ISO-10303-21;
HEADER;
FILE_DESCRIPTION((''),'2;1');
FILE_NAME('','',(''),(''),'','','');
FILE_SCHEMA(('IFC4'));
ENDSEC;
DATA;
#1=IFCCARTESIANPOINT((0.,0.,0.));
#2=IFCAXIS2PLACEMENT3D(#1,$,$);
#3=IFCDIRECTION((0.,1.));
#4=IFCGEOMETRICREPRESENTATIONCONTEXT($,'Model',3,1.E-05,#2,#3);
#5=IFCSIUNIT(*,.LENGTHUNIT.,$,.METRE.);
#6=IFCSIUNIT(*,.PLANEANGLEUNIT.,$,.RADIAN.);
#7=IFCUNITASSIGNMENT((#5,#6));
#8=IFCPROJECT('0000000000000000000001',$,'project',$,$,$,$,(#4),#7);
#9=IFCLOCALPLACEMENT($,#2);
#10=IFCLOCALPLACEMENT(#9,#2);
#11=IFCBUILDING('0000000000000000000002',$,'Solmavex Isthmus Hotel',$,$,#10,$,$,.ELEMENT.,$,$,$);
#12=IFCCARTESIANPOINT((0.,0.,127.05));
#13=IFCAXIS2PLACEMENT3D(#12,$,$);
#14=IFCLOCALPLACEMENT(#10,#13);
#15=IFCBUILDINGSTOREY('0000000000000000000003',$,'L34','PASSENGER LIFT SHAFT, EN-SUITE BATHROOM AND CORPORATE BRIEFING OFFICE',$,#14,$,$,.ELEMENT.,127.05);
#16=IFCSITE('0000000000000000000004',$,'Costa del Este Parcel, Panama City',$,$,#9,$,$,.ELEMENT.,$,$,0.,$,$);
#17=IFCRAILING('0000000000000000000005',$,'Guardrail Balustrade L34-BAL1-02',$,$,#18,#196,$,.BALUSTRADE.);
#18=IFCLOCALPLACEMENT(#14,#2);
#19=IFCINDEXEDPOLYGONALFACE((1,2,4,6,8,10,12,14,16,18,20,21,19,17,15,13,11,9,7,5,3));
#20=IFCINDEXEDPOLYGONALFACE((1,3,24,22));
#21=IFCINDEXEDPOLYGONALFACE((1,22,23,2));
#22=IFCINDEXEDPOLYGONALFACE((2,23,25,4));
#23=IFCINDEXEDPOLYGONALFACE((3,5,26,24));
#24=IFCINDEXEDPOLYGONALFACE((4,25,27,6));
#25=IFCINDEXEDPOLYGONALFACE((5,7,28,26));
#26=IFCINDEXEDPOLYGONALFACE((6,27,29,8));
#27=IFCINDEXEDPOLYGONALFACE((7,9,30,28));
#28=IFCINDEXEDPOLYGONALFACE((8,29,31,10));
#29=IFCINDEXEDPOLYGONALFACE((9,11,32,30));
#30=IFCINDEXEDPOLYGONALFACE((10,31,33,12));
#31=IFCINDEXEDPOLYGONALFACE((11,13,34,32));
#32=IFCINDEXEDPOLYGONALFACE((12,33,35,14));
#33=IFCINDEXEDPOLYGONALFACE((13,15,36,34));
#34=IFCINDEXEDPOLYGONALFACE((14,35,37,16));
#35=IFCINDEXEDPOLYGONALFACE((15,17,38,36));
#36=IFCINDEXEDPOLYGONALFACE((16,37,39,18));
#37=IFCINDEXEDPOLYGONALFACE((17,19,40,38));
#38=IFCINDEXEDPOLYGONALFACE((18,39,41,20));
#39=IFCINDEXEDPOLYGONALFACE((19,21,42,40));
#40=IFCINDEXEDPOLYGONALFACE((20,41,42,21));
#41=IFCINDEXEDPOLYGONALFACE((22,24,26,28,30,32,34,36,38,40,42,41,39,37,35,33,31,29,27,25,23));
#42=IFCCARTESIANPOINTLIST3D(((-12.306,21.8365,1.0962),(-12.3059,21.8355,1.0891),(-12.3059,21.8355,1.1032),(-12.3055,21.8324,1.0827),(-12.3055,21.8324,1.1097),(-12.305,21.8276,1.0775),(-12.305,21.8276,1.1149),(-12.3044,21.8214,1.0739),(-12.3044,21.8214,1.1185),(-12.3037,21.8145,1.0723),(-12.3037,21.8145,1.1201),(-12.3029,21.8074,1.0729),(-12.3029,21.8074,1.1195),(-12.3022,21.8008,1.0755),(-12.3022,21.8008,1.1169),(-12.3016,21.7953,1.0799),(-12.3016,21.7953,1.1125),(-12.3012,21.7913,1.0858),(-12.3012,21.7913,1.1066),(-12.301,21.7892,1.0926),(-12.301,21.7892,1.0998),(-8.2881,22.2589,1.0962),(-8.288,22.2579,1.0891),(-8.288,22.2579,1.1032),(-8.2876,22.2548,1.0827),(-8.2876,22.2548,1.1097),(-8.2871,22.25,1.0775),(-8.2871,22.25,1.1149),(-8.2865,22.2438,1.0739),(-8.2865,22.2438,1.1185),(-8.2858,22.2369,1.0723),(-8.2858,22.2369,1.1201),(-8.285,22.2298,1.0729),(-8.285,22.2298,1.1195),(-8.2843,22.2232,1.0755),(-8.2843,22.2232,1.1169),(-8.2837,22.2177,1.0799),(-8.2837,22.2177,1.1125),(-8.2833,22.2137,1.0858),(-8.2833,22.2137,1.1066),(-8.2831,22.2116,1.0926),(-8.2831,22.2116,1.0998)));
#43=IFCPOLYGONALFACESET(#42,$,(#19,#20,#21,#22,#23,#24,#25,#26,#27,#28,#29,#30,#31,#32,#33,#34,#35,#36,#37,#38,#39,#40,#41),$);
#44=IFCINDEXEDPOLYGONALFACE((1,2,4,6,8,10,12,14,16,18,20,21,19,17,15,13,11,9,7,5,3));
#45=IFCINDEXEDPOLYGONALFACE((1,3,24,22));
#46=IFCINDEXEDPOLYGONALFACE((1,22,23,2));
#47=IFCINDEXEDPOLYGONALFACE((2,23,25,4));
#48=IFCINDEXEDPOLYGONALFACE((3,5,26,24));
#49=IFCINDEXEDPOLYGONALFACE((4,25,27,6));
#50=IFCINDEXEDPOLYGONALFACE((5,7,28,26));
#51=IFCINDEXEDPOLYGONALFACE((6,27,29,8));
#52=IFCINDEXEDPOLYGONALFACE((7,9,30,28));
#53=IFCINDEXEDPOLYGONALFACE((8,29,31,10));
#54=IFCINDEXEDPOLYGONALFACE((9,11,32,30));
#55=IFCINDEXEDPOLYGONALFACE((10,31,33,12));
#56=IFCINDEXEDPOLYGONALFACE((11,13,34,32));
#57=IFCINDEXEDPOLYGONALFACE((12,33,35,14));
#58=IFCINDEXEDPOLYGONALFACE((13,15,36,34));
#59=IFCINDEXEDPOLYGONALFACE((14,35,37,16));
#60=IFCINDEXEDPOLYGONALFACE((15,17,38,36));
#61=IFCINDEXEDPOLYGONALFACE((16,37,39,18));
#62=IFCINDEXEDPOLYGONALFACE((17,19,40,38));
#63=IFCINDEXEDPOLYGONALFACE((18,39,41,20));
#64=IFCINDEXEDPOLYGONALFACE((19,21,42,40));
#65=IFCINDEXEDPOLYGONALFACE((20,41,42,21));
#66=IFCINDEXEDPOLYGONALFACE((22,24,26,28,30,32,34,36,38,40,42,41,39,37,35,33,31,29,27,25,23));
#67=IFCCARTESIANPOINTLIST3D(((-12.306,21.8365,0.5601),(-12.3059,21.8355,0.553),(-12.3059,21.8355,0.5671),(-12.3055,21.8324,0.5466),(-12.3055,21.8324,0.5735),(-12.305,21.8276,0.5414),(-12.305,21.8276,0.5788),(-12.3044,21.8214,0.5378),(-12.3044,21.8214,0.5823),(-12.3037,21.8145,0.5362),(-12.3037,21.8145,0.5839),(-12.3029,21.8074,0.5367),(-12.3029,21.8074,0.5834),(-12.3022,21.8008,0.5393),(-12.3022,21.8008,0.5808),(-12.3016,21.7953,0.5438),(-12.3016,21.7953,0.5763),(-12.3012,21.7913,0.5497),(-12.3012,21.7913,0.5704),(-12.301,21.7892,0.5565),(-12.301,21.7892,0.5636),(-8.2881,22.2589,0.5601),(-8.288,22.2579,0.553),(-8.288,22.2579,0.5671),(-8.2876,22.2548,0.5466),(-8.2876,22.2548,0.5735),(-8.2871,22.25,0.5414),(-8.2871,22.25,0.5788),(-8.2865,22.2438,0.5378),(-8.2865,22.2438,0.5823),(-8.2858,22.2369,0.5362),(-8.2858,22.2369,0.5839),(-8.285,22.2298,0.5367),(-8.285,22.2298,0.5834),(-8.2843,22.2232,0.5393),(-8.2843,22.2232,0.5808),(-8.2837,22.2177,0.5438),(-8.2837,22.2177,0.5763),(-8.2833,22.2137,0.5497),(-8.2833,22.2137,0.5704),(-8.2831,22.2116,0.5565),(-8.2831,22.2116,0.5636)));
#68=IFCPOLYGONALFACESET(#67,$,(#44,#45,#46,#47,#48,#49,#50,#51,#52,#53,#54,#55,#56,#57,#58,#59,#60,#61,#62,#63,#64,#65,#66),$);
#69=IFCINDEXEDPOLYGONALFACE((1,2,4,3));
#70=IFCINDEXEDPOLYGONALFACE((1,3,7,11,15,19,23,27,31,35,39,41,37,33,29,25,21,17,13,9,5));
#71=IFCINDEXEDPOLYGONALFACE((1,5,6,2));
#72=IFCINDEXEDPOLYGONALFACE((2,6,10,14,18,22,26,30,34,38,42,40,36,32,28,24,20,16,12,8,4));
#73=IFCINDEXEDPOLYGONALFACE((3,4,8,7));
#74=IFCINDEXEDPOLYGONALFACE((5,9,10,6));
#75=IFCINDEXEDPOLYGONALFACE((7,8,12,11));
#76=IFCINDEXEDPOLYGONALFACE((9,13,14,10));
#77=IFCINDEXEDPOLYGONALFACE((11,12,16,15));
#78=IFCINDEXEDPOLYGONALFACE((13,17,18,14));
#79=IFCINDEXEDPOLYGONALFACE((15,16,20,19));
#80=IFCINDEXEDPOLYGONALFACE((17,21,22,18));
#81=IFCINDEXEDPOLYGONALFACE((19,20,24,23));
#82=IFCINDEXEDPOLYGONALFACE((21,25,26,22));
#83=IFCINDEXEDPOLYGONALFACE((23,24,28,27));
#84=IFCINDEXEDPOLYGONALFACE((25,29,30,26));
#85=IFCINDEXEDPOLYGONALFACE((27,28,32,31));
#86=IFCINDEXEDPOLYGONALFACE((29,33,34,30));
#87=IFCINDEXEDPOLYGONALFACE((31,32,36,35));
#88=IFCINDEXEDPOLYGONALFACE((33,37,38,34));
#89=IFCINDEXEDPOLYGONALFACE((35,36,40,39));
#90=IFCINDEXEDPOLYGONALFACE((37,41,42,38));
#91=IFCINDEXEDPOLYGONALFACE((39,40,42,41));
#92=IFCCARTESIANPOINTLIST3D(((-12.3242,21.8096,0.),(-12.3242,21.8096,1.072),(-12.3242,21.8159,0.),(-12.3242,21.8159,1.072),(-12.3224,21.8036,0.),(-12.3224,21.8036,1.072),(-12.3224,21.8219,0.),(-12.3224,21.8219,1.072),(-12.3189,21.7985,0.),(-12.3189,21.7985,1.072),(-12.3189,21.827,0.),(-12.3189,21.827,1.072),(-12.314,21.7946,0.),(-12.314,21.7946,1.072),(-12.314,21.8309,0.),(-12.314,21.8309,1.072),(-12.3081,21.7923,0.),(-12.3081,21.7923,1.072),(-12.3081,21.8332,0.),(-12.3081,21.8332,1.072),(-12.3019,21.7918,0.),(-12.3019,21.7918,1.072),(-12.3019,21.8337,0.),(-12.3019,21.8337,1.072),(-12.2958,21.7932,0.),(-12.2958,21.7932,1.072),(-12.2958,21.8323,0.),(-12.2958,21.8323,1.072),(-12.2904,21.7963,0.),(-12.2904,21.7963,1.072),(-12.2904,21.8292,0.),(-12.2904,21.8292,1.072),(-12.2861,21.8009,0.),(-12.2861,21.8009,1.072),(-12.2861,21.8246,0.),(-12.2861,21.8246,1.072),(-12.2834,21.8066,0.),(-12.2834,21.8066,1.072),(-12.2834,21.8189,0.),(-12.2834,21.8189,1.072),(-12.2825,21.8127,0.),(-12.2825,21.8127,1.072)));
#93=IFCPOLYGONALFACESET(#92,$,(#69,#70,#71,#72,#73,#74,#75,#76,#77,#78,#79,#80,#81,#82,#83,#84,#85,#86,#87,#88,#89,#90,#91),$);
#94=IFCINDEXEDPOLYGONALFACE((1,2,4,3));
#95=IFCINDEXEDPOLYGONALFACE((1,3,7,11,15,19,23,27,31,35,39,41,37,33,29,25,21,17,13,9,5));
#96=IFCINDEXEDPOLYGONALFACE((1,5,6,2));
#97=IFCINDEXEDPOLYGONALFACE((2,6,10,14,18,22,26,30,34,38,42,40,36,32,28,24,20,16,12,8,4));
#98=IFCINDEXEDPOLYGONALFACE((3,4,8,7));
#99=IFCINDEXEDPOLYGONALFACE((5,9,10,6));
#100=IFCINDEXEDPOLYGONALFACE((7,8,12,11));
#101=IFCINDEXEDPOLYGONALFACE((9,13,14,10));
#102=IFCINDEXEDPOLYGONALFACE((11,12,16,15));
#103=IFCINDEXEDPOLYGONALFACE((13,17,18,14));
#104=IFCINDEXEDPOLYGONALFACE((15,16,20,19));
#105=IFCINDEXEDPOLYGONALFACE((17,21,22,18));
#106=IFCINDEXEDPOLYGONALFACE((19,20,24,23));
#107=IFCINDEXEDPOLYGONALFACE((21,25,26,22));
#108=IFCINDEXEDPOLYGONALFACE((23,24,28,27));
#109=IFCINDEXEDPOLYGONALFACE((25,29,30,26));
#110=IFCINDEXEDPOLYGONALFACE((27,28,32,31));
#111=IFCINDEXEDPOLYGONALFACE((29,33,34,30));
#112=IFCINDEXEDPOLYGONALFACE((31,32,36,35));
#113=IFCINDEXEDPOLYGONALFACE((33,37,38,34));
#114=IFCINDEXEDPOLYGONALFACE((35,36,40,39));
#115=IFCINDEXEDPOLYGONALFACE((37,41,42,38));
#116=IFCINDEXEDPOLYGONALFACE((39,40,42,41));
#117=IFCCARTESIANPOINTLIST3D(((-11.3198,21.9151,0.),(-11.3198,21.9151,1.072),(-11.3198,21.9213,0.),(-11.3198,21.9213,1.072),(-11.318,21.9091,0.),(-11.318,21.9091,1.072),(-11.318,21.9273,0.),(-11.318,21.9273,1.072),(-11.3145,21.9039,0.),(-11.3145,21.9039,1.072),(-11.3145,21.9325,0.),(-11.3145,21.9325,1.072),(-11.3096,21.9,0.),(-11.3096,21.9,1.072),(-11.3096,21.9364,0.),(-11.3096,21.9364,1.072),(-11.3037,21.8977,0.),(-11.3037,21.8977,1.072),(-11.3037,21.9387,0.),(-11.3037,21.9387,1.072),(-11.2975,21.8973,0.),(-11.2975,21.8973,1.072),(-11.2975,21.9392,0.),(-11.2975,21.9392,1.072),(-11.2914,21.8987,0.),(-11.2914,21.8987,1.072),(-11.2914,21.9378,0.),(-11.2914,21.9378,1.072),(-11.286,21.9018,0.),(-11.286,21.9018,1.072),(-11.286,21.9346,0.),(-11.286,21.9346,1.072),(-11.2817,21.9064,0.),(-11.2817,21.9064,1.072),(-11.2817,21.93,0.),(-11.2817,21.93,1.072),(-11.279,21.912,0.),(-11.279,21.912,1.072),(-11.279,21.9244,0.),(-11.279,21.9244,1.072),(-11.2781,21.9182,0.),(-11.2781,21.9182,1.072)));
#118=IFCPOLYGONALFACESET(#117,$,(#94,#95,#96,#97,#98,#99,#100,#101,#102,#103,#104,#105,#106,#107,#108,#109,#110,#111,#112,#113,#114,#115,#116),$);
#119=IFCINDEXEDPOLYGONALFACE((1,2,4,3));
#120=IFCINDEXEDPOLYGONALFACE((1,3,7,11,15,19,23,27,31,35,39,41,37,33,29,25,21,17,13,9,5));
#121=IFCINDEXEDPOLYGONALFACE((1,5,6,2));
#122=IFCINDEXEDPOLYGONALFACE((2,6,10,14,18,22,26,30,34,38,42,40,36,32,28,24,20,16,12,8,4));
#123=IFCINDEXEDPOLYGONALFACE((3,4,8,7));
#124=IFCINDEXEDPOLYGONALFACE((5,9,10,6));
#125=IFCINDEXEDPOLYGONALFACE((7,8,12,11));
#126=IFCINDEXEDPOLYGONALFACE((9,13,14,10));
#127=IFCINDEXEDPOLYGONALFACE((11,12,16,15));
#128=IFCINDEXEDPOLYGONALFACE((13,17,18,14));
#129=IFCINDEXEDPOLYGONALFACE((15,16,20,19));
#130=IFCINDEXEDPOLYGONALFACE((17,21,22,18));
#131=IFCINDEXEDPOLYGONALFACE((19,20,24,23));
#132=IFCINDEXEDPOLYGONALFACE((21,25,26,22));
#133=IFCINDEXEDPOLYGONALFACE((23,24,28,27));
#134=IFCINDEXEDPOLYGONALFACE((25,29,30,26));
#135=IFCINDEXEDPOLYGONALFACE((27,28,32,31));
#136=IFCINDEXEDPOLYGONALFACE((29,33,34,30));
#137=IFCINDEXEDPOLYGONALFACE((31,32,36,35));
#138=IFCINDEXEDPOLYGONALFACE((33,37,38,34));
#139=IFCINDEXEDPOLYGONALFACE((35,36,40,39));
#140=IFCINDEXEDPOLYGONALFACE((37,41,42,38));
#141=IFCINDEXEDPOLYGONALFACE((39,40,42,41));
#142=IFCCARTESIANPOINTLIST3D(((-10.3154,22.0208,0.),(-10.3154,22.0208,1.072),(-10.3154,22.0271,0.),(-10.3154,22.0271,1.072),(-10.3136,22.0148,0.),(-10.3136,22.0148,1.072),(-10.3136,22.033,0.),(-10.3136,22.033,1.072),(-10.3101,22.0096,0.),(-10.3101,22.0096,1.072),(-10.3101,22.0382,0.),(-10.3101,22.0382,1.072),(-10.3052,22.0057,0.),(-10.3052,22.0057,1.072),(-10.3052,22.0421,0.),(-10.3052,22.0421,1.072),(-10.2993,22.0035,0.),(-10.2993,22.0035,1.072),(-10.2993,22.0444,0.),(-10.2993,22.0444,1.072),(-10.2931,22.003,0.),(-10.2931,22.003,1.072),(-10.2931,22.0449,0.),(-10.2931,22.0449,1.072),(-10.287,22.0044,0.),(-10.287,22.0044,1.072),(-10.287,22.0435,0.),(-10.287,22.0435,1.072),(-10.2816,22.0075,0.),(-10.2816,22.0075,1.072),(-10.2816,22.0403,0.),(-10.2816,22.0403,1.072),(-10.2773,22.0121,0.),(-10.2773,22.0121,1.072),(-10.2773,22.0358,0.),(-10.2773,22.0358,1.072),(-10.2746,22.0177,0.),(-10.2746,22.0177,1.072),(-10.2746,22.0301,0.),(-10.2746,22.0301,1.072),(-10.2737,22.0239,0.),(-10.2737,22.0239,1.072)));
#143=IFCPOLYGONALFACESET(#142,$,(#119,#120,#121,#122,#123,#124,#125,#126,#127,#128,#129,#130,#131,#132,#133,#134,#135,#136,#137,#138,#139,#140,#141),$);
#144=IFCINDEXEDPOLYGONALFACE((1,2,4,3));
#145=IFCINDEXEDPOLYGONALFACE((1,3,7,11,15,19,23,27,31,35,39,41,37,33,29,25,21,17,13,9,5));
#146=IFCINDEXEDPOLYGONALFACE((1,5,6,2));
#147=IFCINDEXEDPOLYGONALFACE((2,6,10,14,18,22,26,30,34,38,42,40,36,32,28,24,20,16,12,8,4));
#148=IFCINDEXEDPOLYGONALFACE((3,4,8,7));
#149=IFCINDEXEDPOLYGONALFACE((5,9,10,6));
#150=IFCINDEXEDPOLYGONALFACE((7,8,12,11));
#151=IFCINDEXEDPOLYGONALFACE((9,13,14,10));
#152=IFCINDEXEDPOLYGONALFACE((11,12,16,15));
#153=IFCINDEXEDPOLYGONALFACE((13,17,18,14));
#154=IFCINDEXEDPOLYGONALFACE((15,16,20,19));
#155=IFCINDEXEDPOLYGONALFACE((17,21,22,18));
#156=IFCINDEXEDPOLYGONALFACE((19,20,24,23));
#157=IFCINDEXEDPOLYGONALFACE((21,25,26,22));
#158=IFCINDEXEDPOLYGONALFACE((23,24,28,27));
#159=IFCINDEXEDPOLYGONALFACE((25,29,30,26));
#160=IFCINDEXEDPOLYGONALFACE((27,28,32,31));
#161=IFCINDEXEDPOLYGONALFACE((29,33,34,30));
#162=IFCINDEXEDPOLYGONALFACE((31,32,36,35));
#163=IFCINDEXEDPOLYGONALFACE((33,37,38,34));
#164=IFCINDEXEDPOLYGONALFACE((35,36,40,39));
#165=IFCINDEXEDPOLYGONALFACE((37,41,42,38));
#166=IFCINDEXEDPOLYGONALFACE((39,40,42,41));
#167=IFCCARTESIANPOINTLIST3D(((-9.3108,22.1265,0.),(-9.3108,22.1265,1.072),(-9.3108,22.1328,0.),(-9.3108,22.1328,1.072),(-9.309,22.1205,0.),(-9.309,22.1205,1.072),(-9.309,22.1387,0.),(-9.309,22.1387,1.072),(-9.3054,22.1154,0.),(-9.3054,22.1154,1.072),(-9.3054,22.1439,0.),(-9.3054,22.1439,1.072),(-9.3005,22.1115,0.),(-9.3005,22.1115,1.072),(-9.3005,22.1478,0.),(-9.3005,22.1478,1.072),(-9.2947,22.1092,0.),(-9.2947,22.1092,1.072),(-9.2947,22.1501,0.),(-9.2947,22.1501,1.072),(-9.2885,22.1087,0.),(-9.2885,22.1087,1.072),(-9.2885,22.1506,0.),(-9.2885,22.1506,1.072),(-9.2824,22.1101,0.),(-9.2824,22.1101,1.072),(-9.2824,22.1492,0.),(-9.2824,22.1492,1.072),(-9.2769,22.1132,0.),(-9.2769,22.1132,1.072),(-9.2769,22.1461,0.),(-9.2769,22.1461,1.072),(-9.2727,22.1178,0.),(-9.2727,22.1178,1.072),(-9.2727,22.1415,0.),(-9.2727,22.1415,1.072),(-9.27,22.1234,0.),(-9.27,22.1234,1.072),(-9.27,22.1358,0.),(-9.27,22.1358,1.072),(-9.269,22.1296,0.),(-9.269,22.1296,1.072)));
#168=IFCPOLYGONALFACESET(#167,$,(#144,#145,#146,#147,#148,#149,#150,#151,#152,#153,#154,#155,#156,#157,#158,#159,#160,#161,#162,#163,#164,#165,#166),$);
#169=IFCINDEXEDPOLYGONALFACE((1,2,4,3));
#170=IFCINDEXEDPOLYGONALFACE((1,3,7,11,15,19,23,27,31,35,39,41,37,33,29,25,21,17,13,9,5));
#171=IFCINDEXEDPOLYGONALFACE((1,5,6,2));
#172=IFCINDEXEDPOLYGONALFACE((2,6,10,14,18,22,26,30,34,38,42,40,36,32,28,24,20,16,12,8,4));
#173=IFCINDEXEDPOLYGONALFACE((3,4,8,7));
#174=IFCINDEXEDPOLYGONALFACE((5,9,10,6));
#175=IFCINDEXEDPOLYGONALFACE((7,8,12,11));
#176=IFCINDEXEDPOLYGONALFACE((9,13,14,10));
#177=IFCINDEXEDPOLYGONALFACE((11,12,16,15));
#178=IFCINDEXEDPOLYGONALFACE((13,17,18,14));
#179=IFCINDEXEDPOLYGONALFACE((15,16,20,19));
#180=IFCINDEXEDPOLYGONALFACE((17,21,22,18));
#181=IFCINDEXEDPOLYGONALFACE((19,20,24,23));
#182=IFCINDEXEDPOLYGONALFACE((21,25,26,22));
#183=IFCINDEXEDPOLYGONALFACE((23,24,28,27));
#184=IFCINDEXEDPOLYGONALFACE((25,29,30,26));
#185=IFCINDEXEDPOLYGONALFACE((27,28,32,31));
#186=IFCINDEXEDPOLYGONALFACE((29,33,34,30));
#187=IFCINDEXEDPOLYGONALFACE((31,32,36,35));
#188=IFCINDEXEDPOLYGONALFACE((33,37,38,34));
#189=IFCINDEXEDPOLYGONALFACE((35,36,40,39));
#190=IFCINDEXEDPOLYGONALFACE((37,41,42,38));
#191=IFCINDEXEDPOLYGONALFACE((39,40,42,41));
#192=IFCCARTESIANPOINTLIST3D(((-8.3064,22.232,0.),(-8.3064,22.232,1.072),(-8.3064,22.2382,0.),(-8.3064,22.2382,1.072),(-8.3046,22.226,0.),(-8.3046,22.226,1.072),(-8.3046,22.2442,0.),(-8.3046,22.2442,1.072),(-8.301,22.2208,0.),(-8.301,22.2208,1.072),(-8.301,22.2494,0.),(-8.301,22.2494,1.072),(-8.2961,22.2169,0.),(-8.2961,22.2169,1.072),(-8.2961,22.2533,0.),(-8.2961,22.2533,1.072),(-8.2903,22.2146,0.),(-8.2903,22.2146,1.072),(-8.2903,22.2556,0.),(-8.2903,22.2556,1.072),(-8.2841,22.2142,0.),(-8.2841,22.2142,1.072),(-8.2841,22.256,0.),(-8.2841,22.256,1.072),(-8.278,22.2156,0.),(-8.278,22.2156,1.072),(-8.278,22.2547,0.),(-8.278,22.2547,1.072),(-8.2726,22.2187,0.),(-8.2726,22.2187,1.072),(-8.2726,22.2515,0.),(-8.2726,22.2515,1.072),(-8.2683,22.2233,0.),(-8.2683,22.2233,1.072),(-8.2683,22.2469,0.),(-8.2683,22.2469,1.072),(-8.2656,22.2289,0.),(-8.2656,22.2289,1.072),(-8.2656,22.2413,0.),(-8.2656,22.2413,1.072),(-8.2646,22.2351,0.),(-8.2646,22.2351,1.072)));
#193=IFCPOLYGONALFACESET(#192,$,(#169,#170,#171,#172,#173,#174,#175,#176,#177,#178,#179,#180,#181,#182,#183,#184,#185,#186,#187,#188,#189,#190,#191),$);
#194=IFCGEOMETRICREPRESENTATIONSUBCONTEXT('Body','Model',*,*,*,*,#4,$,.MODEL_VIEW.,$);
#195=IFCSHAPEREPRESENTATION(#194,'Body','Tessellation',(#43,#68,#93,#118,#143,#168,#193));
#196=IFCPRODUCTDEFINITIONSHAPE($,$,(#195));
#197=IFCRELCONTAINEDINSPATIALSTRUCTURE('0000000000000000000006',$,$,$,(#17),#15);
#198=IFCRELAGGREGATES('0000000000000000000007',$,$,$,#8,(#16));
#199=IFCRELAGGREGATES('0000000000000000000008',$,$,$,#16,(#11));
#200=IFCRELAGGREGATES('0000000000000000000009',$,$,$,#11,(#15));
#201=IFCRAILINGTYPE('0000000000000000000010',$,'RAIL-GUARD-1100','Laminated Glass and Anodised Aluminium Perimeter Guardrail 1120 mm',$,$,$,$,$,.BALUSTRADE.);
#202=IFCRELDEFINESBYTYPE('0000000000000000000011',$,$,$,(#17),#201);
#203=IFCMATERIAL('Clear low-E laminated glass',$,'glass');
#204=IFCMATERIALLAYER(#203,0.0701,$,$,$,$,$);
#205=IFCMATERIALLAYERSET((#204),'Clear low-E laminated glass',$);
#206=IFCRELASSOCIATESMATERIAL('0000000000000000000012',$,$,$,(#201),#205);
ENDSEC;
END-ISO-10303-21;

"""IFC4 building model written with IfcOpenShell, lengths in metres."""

from ifc_helpers import new_model, si_unit, direction, frame, origin, origin_2d, place, context, subcontext, project, spatial, circle, extrude, material, layer, layer_set, type_object, element, save


model = new_model("IFC4")

# Units and contexts
model_context = context("Model", 3, precision=1e-05, world=origin(), true_north=direction((0.0, 1.0)))
body_context = subcontext(model_context, "Body", "Model", "MODEL_VIEW")
ifc_project = project(units=[si_unit("LENGTHUNIT", "METRE"), si_unit("PLANEANGLEUNIT", "RADIAN")], contexts=[model_context])

# Site, building, storey
site_placement = place(None, origin())
site = spatial("IfcSite", under=ifc_project, at=site_placement, Name="Costa del Este Parcel, Panama City", CompositionType="ELEMENT", RefElevation=0.0)
building_placement = place(site_placement, origin())
building = spatial("IfcBuilding", under=site, at=building_placement, Name="Solmavex Isthmus Hotel", CompositionType="ELEMENT")
storey_placement = place(building_placement, frame((0.0, 0.0, 127.05)))
storey = spatial("IfcBuildingStorey", under=building, at=storey_placement, Name="L34", Description="PASSENGER LIFT SHAFT, EN-SUITE BATHROOM AND CORPORATE BRIEFING OFFICE", CompositionType="ELEMENT", Elevation=127.05)

# Shared definitions
ifc_material_1 = material(Name="Clear low-E laminated glass", Category="glass")

# Railing
ifc_layer_1 = layer(ifc_material_1, 0.0701)
ifc_layer_set_1 = layer_set([ifc_layer_1], Name="Clear low-E laminated glass")
railing_type = type_object("IfcRailingType", Name="RAIL-GUARD-1100", Description="Laminated Glass and Anodised Aluminium Perimeter Guardrail 1120 mm", PredefinedType="BALUSTRADE", material=ifc_layer_set_1)
railing_1_placement = place(storey_placement, frame((-12.3035, 21.8127, 0.0)))
element("IfcRailing", 1, at=railing_1_placement, inside=storey, type_object=railing_type, Name="Guardrail Balustrade L34-BAL1-02", PredefinedType="BALUSTRADE", context=body_context, shape_type="SweptSolid", body=[
    extrude(circle(Radius=0.0239, at=origin_2d()), frame((0.0, 0.0, 1.0962), z_axis=(0.99452, 0.104546, 0.0), x_axis=(-0.104546, 0.99452, 0.0)), (0.0, 0.0, 1.0), 4.04),
    extrude(circle(Radius=0.0239, at=origin_2d()), frame((0.0, 0.0, 0.5601), z_axis=(0.99452, 0.104546, 0.0), x_axis=(-0.104546, 0.99452, 0.0)), (0.0, 0.0, 1.0), 4.04),
    extrude(circle(Radius=0.021, at=origin_2d()), origin(), (0.0, 0.0, 1.0), 1.072),
    extrude(circle(Radius=0.021, at=origin_2d()), frame((1.0044, 0.1055, 0.0)), (0.0, 0.0, 1.0), 1.072),
    extrude(circle(Radius=0.021, at=origin_2d()), frame((2.0088, 0.2112, 0.0)), (0.0, 0.0, 1.0), 1.072),
    extrude(circle(Radius=0.021, at=origin_2d()), frame((3.0134, 0.3169, 0.0)), (0.0, 0.0, 1.0), 1.072),
    extrude(circle(Radius=0.021, at=origin_2d()), frame((4.0178, 0.4224, 0.0)), (0.0, 0.0, 1.0), 1.072),
])

save(model, "model.ifc")
